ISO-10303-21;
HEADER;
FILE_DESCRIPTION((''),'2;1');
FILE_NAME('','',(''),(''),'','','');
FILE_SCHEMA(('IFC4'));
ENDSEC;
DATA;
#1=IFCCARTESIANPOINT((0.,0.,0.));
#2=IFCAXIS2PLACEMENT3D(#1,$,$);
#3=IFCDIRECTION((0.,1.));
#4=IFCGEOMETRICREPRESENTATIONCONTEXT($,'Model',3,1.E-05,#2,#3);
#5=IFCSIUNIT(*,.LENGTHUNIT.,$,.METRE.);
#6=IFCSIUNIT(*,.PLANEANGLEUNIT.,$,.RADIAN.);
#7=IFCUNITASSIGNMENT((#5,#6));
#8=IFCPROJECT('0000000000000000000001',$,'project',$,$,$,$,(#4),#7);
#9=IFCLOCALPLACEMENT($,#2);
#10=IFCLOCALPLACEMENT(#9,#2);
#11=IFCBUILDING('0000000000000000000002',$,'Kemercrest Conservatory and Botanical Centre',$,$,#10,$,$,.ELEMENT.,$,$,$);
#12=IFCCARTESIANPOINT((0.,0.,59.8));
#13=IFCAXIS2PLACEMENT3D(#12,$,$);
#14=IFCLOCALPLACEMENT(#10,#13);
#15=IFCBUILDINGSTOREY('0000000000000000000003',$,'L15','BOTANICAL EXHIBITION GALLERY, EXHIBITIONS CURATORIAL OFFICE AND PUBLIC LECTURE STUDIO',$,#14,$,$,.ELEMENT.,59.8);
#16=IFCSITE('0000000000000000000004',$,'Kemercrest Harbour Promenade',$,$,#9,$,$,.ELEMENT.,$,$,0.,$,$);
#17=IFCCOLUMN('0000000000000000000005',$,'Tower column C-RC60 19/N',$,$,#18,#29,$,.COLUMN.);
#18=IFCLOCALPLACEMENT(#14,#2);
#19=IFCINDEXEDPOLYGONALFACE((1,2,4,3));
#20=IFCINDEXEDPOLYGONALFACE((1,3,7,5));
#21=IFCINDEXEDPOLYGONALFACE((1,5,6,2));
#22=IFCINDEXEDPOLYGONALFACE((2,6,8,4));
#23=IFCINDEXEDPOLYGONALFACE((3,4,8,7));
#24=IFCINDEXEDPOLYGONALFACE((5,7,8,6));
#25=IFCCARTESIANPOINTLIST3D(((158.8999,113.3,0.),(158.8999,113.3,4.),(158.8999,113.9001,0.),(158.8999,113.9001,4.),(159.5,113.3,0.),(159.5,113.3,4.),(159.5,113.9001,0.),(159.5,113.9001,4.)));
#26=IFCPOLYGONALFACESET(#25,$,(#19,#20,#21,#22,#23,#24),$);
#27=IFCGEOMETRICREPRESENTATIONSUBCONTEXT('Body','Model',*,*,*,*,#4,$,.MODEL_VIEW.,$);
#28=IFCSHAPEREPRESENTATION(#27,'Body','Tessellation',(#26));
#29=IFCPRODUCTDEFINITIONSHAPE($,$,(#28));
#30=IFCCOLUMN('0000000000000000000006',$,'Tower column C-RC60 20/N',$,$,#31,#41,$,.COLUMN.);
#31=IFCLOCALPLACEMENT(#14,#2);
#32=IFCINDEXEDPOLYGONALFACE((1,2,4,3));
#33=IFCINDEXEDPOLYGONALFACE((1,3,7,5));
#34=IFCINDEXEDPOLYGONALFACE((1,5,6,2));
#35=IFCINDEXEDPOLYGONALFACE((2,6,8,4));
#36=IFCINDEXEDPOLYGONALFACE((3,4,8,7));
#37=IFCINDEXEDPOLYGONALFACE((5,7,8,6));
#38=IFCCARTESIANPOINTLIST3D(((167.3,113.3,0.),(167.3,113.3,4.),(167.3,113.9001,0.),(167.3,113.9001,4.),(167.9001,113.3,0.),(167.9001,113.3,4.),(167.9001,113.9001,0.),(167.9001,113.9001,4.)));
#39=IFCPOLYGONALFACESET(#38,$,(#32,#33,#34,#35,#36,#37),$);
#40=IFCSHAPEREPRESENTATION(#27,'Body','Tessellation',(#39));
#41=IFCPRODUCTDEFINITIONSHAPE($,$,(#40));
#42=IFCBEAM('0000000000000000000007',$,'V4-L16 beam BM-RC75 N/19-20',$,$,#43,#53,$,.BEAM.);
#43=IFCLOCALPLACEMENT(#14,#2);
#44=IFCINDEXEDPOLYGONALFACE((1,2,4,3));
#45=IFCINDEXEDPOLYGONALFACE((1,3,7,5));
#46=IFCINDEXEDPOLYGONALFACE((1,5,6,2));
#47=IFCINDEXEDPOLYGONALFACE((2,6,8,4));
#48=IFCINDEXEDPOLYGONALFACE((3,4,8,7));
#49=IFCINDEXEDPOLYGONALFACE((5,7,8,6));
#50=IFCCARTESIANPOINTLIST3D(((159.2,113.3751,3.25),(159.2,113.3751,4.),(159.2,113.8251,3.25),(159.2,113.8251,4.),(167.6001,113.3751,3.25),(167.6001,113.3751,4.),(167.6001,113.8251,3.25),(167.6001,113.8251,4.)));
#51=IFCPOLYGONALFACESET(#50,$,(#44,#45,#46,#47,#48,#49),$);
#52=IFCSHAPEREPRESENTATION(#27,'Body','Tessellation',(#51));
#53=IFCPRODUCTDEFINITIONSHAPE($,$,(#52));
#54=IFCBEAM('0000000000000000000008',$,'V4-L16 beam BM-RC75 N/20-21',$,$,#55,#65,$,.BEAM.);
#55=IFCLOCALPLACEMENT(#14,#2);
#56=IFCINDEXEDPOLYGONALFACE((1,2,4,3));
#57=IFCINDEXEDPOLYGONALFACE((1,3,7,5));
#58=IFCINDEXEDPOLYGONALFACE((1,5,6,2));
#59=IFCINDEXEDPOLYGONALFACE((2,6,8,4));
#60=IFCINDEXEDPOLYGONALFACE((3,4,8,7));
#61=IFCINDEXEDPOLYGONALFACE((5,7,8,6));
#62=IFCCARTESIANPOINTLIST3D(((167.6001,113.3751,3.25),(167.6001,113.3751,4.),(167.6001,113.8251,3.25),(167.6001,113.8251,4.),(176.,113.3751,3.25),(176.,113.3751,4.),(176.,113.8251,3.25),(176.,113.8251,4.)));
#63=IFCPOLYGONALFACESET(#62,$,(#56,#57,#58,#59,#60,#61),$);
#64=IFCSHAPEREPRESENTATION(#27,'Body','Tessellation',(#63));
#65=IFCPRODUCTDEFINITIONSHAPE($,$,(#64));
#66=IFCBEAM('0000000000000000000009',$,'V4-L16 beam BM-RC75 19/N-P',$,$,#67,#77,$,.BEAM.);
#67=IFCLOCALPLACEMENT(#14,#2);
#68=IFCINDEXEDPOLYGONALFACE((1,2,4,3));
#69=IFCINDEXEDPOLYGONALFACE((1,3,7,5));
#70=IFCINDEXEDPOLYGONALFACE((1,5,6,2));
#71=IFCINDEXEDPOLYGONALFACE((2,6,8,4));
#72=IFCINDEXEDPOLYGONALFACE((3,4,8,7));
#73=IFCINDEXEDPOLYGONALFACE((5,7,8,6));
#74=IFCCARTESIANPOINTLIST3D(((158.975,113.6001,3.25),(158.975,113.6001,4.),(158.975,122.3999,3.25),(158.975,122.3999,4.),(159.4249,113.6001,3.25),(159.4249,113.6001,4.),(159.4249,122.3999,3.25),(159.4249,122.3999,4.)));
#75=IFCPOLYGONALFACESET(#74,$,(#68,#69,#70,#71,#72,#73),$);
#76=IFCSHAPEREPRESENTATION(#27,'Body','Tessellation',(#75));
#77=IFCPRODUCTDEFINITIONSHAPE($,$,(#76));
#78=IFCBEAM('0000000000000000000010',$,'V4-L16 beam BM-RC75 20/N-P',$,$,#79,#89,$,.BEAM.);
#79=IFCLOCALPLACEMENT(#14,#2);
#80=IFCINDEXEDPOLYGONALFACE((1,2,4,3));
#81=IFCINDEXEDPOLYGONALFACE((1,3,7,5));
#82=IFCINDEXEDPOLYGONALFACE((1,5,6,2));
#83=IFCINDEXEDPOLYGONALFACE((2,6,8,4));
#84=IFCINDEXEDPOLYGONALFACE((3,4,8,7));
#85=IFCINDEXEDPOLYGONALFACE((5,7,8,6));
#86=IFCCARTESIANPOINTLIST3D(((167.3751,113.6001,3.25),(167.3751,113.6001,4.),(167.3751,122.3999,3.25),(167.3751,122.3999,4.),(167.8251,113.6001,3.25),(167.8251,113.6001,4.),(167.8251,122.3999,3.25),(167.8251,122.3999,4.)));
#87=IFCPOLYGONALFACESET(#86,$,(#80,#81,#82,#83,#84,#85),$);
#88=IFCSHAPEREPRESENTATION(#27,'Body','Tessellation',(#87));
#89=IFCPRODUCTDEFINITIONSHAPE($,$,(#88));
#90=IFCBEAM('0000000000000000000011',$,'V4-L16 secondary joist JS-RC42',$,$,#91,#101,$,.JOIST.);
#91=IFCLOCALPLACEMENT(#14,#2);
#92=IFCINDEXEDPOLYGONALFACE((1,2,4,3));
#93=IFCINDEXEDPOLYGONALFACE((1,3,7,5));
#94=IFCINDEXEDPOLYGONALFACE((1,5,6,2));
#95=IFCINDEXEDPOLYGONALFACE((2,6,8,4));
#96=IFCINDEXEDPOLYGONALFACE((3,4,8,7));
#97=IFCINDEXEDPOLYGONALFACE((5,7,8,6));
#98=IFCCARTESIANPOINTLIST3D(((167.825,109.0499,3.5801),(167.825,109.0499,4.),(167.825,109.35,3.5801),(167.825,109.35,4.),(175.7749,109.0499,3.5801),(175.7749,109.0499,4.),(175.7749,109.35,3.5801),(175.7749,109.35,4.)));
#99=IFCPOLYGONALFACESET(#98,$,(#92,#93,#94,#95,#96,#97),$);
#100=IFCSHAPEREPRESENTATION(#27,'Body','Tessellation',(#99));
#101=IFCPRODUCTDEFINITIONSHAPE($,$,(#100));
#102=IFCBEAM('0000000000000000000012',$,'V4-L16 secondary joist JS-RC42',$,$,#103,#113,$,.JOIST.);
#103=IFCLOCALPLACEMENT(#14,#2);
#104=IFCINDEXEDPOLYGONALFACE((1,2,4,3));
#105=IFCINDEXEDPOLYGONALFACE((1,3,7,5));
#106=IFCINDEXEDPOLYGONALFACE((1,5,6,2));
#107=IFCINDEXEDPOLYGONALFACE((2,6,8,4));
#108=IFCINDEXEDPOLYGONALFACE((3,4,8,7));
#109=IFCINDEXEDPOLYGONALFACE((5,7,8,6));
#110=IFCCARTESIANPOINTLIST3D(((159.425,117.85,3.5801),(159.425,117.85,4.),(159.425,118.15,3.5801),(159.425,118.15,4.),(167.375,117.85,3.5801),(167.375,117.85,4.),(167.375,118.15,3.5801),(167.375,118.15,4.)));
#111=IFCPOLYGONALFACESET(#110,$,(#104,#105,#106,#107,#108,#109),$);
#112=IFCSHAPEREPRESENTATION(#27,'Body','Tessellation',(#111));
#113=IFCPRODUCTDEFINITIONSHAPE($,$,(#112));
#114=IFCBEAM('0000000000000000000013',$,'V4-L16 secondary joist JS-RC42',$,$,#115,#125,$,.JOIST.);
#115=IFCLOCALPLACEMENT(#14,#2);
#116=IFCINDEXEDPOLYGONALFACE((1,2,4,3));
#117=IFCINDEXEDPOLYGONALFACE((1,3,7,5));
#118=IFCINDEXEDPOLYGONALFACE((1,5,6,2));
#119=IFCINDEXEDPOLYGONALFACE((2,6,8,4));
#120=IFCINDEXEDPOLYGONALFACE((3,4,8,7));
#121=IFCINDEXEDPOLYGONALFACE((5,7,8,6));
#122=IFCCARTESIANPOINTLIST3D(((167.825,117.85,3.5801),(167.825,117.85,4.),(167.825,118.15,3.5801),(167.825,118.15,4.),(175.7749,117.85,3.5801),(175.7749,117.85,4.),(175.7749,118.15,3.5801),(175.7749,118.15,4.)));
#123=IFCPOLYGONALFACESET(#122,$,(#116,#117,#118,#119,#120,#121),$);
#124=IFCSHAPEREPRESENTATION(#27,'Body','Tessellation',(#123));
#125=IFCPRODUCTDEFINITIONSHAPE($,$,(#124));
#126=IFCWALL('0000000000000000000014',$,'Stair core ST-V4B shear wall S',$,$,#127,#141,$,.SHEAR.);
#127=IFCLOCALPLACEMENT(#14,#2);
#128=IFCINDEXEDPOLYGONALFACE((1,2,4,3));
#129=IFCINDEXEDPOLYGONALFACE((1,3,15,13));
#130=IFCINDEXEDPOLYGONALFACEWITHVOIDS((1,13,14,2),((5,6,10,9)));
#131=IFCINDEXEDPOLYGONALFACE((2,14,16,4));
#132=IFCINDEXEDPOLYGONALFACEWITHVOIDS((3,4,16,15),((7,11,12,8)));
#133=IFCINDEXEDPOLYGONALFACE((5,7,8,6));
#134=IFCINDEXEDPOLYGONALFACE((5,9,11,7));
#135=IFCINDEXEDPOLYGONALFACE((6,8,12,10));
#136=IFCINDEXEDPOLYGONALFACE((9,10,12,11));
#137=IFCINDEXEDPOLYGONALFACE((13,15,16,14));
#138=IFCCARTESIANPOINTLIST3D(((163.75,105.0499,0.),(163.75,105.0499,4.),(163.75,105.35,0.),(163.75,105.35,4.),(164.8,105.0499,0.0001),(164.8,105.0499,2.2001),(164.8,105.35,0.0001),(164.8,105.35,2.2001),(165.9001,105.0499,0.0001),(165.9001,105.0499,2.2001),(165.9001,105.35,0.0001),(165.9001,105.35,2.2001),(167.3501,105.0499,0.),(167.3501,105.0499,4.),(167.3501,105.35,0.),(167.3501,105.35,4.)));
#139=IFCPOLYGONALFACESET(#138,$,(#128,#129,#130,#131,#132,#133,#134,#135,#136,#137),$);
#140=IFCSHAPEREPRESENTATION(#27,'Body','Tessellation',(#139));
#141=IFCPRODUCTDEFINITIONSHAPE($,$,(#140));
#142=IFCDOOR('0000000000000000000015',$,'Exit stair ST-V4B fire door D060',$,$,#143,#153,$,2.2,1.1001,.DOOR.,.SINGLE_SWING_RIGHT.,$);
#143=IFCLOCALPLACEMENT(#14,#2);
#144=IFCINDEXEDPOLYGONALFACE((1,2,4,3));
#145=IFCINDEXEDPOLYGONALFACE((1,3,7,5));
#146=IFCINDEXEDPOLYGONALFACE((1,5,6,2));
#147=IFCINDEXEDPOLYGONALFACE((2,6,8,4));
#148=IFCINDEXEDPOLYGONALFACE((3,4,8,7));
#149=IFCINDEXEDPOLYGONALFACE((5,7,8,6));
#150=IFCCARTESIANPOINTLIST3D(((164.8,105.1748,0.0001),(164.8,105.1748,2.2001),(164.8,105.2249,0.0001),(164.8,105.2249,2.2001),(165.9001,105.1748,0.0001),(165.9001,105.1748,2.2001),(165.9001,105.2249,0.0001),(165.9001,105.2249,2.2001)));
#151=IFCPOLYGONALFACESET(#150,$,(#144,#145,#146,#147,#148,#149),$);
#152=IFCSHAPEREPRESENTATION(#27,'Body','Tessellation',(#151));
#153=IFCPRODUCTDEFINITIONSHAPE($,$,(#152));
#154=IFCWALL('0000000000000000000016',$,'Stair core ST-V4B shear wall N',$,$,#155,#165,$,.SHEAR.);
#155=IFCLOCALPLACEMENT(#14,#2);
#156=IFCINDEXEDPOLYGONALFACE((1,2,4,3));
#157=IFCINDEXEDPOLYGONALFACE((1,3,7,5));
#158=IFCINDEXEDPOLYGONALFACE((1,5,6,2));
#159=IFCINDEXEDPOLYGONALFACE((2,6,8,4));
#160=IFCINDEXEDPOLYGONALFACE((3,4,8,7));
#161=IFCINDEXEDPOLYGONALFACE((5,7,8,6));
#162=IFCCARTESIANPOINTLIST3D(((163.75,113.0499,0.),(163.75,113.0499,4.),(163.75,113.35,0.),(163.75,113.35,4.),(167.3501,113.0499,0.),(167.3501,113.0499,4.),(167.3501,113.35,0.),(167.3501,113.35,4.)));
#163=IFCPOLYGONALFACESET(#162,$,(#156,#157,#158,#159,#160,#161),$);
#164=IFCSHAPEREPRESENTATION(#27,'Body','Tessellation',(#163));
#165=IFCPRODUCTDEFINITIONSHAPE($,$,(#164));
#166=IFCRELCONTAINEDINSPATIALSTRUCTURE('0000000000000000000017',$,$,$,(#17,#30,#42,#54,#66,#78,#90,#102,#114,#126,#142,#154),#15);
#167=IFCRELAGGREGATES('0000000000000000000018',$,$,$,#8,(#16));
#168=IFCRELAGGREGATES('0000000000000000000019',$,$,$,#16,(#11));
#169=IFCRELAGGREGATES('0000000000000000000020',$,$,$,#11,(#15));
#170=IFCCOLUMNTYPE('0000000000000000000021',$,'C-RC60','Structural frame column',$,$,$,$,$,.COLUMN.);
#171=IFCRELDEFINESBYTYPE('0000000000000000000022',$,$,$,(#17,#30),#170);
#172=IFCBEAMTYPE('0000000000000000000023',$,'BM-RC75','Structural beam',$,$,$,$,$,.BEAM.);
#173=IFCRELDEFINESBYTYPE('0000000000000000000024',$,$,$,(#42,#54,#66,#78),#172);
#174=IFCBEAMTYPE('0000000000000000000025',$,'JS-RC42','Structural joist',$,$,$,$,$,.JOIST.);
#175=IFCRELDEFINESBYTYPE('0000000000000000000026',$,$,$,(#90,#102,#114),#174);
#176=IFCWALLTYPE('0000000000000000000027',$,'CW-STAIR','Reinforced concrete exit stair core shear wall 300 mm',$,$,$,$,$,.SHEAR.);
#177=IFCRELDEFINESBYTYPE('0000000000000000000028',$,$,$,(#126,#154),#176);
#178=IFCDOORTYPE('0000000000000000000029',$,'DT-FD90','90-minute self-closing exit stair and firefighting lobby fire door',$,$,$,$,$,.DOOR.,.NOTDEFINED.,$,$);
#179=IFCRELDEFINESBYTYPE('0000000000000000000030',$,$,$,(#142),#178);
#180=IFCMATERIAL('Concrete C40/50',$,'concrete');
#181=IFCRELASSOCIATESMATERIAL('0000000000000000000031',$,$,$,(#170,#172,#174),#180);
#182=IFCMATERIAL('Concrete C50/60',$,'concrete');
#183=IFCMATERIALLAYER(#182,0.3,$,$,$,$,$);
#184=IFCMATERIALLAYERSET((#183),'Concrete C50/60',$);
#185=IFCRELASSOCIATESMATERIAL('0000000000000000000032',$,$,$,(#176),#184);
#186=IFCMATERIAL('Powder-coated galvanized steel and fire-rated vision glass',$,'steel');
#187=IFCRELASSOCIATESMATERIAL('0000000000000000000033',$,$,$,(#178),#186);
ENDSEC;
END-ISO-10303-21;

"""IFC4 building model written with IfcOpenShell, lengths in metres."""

from ifc_helpers import new_model, si_unit, direction, frame, frame_2d, origin, origin_2d, place, context, subcontext, project, spatial, rectangle, extrude, material, layer, layer_set, material_profile, profile_set, type_object, element, fill, save


model = new_model("IFC4")

# Units and contexts
model_context = context("Model", 3, precision=1e-05, world=origin(), true_north=direction((0.0, 1.0)))
body_context = subcontext(model_context, "Body", "Model", "MODEL_VIEW")
ifc_project = project(units=[si_unit("LENGTHUNIT", "METRE"), si_unit("PLANEANGLEUNIT", "RADIAN")], contexts=[model_context])

# Site, building, storey
site_placement = place(None, origin())
site = spatial("IfcSite", under=ifc_project, at=site_placement, Name="Kemercrest Harbour Promenade", CompositionType="ELEMENT", RefElevation=0.0)
building_placement = place(site_placement, origin())
building = spatial("IfcBuilding", under=site, at=building_placement, Name="Kemercrest Conservatory and Botanical Centre", CompositionType="ELEMENT")
storey_placement = place(building_placement, frame((0.0, 0.0, 59.8)))
storey = spatial("IfcBuildingStorey", under=building, at=storey_placement, Name="L15", Description="BOTANICAL EXHIBITION GALLERY, EXHIBITIONS CURATORIAL OFFICE AND PUBLIC LECTURE STUDIO", CompositionType="ELEMENT", Elevation=59.8)

# Columns
ifc_material_1 = material(Name="Concrete C40/50", Category="concrete")
ifc_material_profile_1 = material_profile(ifc_material_1, rectangle(XDim=0.6001, YDim=0.6001, at=origin_2d()), Name="RC 600x600")
ifc_profile_set_1 = profile_set([ifc_material_profile_1], Name="Concrete C40/50")
column_type = type_object("IfcColumnType", Name="C-RC60", Description="Structural frame column", PredefinedType="COLUMN", material=ifc_profile_set_1)
for number, where, z_axis, x_axis, name in (
    (1, (159.2, 113.6001, 0.0), (0.0, 0.0, 1.0), (1.0, 0.0, 0.0), "Tower column C-RC60 19/N"),
    (2, (167.6001, 113.6001, 0.0), (0.0, 0.0, 1.0), (1.0, 0.0, 0.0), "Tower column C-RC60 20/N"),
):
    element("IfcColumn", number, at=place(storey_placement, frame(where, z_axis=z_axis, x_axis=x_axis)), inside=storey, type_object=column_type, Name=name, PredefinedType="COLUMN", context=body_context, shape_type="SweptSolid", body=[
        extrude(rectangle(XDim=0.6001, YDim=0.6001, at=origin_2d()), origin(), (0.0, 0.0, 1.0), 4.0),
    ])

# Beams
ifc_material_profile_2 = material_profile(ifc_material_1, rectangle(XDim=0.45, YDim=0.75, at=origin_2d()), Name="RC 450x750")
ifc_profile_set_2 = profile_set([ifc_material_profile_2], Name="Concrete C40/50")
beam_type_1 = type_object("IfcBeamType", Name="BM-RC75", Description="Structural beam", PredefinedType="BEAM", material=ifc_profile_set_2)
beam_1_placement = place(storey_placement, frame((159.2, 113.6001, 3.625), z_axis=(1.0, 0.0, 0.0), x_axis=(0.0, 1.0, 0.0)))
element("IfcBeam", 3, at=beam_1_placement, inside=storey, type_object=beam_type_1, Name="V4-L16 beam BM-RC75 N/19-20", PredefinedType="BEAM", context=body_context, shape_type="SweptSolid", body=[
    extrude(rectangle(XDim=0.45, YDim=0.75, at=origin_2d()), origin(), (0.0, 0.0, 1.0), 8.4001),
])
beam_2_placement = place(storey_placement, frame((167.6001, 113.6001, 3.625), z_axis=(1.0, 0.0, 0.0), x_axis=(0.0, 1.0, 0.0)))
element("IfcBeam", 4, at=beam_2_placement, inside=storey, type_object=beam_type_1, Name="V4-L16 beam BM-RC75 N/20-21", PredefinedType="BEAM", context=body_context, shape_type="SweptSolid", body=[
    extrude(rectangle(XDim=0.45, YDim=0.75, at=origin_2d()), origin(), (0.0, 0.0, 1.0), 8.3999),
])
for number, where, z_axis, x_axis, name in (
    (5, (159.2, 113.6001, 3.625), (0.0, 1.0, 0.0), (-1.0, 0.0, 0.0), "V4-L16 beam BM-RC75 19/N-P"),
    (6, (167.6001, 113.6001, 3.625), (0.0, 1.0, 0.0), (-1.0, 0.0, 0.0), "V4-L16 beam BM-RC75 20/N-P"),
):
    element("IfcBeam", number, at=place(storey_placement, frame(where, z_axis=z_axis, x_axis=x_axis)), inside=storey, type_object=beam_type_1, Name=name, PredefinedType="BEAM", context=body_context, shape_type="SweptSolid", body=[
        extrude(rectangle(XDim=0.45, YDim=0.75, at=origin_2d()), origin(), (0.0, 0.0, 1.0), 8.7998),
    ])
ifc_material_profile_3 = material_profile(ifc_material_1, rectangle(XDim=0.3, YDim=0.4199, at=origin_2d()), Name="RC 300x420")
ifc_profile_set_3 = profile_set([ifc_material_profile_3], Name="Concrete C40/50")
beam_type_2 = type_object("IfcBeamType", Name="JS-RC42", Description="Structural joist", PredefinedType="JOIST", material=ifc_profile_set_3)
for number, where, z_axis, x_axis, name in (
    (7, (167.825, 109.2, 3.79), (1.0, 0.0, 0.0), (0.0, 1.0, 0.0), "V4-L16 secondary joist JS-RC42"),
    (8, (159.425, 118.0, 3.79), (1.0, 0.0, 0.0), (0.0, 1.0, 0.0), "V4-L16 secondary joist JS-RC42"),
    (9, (167.825, 118.0, 3.79), (1.0, 0.0, 0.0), (0.0, 1.0, 0.0), "V4-L16 secondary joist JS-RC42"),
):
    element("IfcBeam", number, at=place(storey_placement, frame(where, z_axis=z_axis, x_axis=x_axis)), inside=storey, type_object=beam_type_2, Name=name, PredefinedType="JOIST", context=body_context, shape_type="SweptSolid", body=[
        extrude(rectangle(XDim=0.3, YDim=0.4199, at=origin_2d()), origin(), (0.0, 0.0, 1.0), 7.95),
    ])

# Wall, opening, door
ifc_material_2 = material(Name="Concrete C50/60", Category="concrete")
ifc_layer_1 = layer(ifc_material_2, 0.3)
ifc_layer_set_1 = layer_set([ifc_layer_1], Name="Concrete C50/60")
wall_type_1 = type_object("IfcWallType", Name="CW-STAIR", Description="Reinforced concrete exit stair core shear wall 300 mm", PredefinedType="SHEAR", material=ifc_layer_set_1)
wall_1_placement = place(storey_placement, frame((163.75, 105.2, 0.0), z_axis=(0.0, 0.0, 1.0), x_axis=(1.0, 0.0, 0.0)))
wall_1 = element("IfcWall", 10, at=wall_1_placement, inside=storey, type_object=wall_type_1, Name="Stair core ST-V4B shear wall S", PredefinedType="SHEAR", context=body_context, shape_type="SweptSolid", body=[
    extrude(rectangle(XDim=3.6001, YDim=0.3, at=frame_2d((1.8, 0.0))), origin(), (0.0, 0.0, 1.0), 4.0),
])
opening_1_placement = place(wall_1_placement, frame((1.05, 0.0, 0.0)))
opening_1 = element("IfcOpeningElement", 11, at=opening_1_placement, cuts=wall_1, PredefinedType="OPENING", context=body_context, shape_type="SweptSolid", body=[
    extrude(rectangle(XDim=1.1001, YDim=2.2, at=frame_2d((0.55, 1.1001))), frame((0.0, 0.1602, 0.0), z_axis=(0.0, -1.0, 0.0), x_axis=(1.0, 0.0, 0.0)), (0.0, 0.0, 1.0), 0.3201),
])
ifc_material_3 = material(Name="Powder-coated galvanized steel and fire-rated vision glass", Category="steel")
door_type_1 = type_object("IfcDoorType", Name="DT-FD90", Description="90-minute self-closing exit stair and firefighting lobby fire door", OperationType="NOTDEFINED", PredefinedType="DOOR", material=ifc_material_3)
door_1_placement = place(opening_1_placement, origin())
door_1 = element("IfcDoor", 12, at=door_1_placement, inside=storey, type_object=door_type_1, Name="Exit stair ST-V4B fire door D060", OperationType="SINGLE_SWING_RIGHT", OverallHeight=2.2, OverallWidth=1.1001, PredefinedType="DOOR", context=body_context, shape_type="SweptSolid", body=[
    extrude(rectangle(XDim=1.1001, YDim=2.2, at=frame_2d((0.55, 1.1001))), frame((0.0, 0.0249, 0.0), z_axis=(0.0, -1.0, 0.0), x_axis=(1.0, 0.0, 0.0)), (0.0, 0.0, 1.0), 0.05),
])
fill(opening_1, door_1)

# Wall
wall_2_placement = place(storey_placement, frame((163.75, 113.2, 0.0), z_axis=(0.0, 0.0, 1.0), x_axis=(1.0, 0.0, 0.0)))
element("IfcWall", 13, at=wall_2_placement, inside=storey, type_object=wall_type_1, Name="Stair core ST-V4B shear wall N", PredefinedType="SHEAR", context=body_context, shape_type="SweptSolid", body=[
    extrude(rectangle(XDim=3.6001, YDim=0.3, at=frame_2d((1.8, 0.0))), origin(), (0.0, 0.0, 1.0), 4.0),
])

save(model, "model.ifc")
